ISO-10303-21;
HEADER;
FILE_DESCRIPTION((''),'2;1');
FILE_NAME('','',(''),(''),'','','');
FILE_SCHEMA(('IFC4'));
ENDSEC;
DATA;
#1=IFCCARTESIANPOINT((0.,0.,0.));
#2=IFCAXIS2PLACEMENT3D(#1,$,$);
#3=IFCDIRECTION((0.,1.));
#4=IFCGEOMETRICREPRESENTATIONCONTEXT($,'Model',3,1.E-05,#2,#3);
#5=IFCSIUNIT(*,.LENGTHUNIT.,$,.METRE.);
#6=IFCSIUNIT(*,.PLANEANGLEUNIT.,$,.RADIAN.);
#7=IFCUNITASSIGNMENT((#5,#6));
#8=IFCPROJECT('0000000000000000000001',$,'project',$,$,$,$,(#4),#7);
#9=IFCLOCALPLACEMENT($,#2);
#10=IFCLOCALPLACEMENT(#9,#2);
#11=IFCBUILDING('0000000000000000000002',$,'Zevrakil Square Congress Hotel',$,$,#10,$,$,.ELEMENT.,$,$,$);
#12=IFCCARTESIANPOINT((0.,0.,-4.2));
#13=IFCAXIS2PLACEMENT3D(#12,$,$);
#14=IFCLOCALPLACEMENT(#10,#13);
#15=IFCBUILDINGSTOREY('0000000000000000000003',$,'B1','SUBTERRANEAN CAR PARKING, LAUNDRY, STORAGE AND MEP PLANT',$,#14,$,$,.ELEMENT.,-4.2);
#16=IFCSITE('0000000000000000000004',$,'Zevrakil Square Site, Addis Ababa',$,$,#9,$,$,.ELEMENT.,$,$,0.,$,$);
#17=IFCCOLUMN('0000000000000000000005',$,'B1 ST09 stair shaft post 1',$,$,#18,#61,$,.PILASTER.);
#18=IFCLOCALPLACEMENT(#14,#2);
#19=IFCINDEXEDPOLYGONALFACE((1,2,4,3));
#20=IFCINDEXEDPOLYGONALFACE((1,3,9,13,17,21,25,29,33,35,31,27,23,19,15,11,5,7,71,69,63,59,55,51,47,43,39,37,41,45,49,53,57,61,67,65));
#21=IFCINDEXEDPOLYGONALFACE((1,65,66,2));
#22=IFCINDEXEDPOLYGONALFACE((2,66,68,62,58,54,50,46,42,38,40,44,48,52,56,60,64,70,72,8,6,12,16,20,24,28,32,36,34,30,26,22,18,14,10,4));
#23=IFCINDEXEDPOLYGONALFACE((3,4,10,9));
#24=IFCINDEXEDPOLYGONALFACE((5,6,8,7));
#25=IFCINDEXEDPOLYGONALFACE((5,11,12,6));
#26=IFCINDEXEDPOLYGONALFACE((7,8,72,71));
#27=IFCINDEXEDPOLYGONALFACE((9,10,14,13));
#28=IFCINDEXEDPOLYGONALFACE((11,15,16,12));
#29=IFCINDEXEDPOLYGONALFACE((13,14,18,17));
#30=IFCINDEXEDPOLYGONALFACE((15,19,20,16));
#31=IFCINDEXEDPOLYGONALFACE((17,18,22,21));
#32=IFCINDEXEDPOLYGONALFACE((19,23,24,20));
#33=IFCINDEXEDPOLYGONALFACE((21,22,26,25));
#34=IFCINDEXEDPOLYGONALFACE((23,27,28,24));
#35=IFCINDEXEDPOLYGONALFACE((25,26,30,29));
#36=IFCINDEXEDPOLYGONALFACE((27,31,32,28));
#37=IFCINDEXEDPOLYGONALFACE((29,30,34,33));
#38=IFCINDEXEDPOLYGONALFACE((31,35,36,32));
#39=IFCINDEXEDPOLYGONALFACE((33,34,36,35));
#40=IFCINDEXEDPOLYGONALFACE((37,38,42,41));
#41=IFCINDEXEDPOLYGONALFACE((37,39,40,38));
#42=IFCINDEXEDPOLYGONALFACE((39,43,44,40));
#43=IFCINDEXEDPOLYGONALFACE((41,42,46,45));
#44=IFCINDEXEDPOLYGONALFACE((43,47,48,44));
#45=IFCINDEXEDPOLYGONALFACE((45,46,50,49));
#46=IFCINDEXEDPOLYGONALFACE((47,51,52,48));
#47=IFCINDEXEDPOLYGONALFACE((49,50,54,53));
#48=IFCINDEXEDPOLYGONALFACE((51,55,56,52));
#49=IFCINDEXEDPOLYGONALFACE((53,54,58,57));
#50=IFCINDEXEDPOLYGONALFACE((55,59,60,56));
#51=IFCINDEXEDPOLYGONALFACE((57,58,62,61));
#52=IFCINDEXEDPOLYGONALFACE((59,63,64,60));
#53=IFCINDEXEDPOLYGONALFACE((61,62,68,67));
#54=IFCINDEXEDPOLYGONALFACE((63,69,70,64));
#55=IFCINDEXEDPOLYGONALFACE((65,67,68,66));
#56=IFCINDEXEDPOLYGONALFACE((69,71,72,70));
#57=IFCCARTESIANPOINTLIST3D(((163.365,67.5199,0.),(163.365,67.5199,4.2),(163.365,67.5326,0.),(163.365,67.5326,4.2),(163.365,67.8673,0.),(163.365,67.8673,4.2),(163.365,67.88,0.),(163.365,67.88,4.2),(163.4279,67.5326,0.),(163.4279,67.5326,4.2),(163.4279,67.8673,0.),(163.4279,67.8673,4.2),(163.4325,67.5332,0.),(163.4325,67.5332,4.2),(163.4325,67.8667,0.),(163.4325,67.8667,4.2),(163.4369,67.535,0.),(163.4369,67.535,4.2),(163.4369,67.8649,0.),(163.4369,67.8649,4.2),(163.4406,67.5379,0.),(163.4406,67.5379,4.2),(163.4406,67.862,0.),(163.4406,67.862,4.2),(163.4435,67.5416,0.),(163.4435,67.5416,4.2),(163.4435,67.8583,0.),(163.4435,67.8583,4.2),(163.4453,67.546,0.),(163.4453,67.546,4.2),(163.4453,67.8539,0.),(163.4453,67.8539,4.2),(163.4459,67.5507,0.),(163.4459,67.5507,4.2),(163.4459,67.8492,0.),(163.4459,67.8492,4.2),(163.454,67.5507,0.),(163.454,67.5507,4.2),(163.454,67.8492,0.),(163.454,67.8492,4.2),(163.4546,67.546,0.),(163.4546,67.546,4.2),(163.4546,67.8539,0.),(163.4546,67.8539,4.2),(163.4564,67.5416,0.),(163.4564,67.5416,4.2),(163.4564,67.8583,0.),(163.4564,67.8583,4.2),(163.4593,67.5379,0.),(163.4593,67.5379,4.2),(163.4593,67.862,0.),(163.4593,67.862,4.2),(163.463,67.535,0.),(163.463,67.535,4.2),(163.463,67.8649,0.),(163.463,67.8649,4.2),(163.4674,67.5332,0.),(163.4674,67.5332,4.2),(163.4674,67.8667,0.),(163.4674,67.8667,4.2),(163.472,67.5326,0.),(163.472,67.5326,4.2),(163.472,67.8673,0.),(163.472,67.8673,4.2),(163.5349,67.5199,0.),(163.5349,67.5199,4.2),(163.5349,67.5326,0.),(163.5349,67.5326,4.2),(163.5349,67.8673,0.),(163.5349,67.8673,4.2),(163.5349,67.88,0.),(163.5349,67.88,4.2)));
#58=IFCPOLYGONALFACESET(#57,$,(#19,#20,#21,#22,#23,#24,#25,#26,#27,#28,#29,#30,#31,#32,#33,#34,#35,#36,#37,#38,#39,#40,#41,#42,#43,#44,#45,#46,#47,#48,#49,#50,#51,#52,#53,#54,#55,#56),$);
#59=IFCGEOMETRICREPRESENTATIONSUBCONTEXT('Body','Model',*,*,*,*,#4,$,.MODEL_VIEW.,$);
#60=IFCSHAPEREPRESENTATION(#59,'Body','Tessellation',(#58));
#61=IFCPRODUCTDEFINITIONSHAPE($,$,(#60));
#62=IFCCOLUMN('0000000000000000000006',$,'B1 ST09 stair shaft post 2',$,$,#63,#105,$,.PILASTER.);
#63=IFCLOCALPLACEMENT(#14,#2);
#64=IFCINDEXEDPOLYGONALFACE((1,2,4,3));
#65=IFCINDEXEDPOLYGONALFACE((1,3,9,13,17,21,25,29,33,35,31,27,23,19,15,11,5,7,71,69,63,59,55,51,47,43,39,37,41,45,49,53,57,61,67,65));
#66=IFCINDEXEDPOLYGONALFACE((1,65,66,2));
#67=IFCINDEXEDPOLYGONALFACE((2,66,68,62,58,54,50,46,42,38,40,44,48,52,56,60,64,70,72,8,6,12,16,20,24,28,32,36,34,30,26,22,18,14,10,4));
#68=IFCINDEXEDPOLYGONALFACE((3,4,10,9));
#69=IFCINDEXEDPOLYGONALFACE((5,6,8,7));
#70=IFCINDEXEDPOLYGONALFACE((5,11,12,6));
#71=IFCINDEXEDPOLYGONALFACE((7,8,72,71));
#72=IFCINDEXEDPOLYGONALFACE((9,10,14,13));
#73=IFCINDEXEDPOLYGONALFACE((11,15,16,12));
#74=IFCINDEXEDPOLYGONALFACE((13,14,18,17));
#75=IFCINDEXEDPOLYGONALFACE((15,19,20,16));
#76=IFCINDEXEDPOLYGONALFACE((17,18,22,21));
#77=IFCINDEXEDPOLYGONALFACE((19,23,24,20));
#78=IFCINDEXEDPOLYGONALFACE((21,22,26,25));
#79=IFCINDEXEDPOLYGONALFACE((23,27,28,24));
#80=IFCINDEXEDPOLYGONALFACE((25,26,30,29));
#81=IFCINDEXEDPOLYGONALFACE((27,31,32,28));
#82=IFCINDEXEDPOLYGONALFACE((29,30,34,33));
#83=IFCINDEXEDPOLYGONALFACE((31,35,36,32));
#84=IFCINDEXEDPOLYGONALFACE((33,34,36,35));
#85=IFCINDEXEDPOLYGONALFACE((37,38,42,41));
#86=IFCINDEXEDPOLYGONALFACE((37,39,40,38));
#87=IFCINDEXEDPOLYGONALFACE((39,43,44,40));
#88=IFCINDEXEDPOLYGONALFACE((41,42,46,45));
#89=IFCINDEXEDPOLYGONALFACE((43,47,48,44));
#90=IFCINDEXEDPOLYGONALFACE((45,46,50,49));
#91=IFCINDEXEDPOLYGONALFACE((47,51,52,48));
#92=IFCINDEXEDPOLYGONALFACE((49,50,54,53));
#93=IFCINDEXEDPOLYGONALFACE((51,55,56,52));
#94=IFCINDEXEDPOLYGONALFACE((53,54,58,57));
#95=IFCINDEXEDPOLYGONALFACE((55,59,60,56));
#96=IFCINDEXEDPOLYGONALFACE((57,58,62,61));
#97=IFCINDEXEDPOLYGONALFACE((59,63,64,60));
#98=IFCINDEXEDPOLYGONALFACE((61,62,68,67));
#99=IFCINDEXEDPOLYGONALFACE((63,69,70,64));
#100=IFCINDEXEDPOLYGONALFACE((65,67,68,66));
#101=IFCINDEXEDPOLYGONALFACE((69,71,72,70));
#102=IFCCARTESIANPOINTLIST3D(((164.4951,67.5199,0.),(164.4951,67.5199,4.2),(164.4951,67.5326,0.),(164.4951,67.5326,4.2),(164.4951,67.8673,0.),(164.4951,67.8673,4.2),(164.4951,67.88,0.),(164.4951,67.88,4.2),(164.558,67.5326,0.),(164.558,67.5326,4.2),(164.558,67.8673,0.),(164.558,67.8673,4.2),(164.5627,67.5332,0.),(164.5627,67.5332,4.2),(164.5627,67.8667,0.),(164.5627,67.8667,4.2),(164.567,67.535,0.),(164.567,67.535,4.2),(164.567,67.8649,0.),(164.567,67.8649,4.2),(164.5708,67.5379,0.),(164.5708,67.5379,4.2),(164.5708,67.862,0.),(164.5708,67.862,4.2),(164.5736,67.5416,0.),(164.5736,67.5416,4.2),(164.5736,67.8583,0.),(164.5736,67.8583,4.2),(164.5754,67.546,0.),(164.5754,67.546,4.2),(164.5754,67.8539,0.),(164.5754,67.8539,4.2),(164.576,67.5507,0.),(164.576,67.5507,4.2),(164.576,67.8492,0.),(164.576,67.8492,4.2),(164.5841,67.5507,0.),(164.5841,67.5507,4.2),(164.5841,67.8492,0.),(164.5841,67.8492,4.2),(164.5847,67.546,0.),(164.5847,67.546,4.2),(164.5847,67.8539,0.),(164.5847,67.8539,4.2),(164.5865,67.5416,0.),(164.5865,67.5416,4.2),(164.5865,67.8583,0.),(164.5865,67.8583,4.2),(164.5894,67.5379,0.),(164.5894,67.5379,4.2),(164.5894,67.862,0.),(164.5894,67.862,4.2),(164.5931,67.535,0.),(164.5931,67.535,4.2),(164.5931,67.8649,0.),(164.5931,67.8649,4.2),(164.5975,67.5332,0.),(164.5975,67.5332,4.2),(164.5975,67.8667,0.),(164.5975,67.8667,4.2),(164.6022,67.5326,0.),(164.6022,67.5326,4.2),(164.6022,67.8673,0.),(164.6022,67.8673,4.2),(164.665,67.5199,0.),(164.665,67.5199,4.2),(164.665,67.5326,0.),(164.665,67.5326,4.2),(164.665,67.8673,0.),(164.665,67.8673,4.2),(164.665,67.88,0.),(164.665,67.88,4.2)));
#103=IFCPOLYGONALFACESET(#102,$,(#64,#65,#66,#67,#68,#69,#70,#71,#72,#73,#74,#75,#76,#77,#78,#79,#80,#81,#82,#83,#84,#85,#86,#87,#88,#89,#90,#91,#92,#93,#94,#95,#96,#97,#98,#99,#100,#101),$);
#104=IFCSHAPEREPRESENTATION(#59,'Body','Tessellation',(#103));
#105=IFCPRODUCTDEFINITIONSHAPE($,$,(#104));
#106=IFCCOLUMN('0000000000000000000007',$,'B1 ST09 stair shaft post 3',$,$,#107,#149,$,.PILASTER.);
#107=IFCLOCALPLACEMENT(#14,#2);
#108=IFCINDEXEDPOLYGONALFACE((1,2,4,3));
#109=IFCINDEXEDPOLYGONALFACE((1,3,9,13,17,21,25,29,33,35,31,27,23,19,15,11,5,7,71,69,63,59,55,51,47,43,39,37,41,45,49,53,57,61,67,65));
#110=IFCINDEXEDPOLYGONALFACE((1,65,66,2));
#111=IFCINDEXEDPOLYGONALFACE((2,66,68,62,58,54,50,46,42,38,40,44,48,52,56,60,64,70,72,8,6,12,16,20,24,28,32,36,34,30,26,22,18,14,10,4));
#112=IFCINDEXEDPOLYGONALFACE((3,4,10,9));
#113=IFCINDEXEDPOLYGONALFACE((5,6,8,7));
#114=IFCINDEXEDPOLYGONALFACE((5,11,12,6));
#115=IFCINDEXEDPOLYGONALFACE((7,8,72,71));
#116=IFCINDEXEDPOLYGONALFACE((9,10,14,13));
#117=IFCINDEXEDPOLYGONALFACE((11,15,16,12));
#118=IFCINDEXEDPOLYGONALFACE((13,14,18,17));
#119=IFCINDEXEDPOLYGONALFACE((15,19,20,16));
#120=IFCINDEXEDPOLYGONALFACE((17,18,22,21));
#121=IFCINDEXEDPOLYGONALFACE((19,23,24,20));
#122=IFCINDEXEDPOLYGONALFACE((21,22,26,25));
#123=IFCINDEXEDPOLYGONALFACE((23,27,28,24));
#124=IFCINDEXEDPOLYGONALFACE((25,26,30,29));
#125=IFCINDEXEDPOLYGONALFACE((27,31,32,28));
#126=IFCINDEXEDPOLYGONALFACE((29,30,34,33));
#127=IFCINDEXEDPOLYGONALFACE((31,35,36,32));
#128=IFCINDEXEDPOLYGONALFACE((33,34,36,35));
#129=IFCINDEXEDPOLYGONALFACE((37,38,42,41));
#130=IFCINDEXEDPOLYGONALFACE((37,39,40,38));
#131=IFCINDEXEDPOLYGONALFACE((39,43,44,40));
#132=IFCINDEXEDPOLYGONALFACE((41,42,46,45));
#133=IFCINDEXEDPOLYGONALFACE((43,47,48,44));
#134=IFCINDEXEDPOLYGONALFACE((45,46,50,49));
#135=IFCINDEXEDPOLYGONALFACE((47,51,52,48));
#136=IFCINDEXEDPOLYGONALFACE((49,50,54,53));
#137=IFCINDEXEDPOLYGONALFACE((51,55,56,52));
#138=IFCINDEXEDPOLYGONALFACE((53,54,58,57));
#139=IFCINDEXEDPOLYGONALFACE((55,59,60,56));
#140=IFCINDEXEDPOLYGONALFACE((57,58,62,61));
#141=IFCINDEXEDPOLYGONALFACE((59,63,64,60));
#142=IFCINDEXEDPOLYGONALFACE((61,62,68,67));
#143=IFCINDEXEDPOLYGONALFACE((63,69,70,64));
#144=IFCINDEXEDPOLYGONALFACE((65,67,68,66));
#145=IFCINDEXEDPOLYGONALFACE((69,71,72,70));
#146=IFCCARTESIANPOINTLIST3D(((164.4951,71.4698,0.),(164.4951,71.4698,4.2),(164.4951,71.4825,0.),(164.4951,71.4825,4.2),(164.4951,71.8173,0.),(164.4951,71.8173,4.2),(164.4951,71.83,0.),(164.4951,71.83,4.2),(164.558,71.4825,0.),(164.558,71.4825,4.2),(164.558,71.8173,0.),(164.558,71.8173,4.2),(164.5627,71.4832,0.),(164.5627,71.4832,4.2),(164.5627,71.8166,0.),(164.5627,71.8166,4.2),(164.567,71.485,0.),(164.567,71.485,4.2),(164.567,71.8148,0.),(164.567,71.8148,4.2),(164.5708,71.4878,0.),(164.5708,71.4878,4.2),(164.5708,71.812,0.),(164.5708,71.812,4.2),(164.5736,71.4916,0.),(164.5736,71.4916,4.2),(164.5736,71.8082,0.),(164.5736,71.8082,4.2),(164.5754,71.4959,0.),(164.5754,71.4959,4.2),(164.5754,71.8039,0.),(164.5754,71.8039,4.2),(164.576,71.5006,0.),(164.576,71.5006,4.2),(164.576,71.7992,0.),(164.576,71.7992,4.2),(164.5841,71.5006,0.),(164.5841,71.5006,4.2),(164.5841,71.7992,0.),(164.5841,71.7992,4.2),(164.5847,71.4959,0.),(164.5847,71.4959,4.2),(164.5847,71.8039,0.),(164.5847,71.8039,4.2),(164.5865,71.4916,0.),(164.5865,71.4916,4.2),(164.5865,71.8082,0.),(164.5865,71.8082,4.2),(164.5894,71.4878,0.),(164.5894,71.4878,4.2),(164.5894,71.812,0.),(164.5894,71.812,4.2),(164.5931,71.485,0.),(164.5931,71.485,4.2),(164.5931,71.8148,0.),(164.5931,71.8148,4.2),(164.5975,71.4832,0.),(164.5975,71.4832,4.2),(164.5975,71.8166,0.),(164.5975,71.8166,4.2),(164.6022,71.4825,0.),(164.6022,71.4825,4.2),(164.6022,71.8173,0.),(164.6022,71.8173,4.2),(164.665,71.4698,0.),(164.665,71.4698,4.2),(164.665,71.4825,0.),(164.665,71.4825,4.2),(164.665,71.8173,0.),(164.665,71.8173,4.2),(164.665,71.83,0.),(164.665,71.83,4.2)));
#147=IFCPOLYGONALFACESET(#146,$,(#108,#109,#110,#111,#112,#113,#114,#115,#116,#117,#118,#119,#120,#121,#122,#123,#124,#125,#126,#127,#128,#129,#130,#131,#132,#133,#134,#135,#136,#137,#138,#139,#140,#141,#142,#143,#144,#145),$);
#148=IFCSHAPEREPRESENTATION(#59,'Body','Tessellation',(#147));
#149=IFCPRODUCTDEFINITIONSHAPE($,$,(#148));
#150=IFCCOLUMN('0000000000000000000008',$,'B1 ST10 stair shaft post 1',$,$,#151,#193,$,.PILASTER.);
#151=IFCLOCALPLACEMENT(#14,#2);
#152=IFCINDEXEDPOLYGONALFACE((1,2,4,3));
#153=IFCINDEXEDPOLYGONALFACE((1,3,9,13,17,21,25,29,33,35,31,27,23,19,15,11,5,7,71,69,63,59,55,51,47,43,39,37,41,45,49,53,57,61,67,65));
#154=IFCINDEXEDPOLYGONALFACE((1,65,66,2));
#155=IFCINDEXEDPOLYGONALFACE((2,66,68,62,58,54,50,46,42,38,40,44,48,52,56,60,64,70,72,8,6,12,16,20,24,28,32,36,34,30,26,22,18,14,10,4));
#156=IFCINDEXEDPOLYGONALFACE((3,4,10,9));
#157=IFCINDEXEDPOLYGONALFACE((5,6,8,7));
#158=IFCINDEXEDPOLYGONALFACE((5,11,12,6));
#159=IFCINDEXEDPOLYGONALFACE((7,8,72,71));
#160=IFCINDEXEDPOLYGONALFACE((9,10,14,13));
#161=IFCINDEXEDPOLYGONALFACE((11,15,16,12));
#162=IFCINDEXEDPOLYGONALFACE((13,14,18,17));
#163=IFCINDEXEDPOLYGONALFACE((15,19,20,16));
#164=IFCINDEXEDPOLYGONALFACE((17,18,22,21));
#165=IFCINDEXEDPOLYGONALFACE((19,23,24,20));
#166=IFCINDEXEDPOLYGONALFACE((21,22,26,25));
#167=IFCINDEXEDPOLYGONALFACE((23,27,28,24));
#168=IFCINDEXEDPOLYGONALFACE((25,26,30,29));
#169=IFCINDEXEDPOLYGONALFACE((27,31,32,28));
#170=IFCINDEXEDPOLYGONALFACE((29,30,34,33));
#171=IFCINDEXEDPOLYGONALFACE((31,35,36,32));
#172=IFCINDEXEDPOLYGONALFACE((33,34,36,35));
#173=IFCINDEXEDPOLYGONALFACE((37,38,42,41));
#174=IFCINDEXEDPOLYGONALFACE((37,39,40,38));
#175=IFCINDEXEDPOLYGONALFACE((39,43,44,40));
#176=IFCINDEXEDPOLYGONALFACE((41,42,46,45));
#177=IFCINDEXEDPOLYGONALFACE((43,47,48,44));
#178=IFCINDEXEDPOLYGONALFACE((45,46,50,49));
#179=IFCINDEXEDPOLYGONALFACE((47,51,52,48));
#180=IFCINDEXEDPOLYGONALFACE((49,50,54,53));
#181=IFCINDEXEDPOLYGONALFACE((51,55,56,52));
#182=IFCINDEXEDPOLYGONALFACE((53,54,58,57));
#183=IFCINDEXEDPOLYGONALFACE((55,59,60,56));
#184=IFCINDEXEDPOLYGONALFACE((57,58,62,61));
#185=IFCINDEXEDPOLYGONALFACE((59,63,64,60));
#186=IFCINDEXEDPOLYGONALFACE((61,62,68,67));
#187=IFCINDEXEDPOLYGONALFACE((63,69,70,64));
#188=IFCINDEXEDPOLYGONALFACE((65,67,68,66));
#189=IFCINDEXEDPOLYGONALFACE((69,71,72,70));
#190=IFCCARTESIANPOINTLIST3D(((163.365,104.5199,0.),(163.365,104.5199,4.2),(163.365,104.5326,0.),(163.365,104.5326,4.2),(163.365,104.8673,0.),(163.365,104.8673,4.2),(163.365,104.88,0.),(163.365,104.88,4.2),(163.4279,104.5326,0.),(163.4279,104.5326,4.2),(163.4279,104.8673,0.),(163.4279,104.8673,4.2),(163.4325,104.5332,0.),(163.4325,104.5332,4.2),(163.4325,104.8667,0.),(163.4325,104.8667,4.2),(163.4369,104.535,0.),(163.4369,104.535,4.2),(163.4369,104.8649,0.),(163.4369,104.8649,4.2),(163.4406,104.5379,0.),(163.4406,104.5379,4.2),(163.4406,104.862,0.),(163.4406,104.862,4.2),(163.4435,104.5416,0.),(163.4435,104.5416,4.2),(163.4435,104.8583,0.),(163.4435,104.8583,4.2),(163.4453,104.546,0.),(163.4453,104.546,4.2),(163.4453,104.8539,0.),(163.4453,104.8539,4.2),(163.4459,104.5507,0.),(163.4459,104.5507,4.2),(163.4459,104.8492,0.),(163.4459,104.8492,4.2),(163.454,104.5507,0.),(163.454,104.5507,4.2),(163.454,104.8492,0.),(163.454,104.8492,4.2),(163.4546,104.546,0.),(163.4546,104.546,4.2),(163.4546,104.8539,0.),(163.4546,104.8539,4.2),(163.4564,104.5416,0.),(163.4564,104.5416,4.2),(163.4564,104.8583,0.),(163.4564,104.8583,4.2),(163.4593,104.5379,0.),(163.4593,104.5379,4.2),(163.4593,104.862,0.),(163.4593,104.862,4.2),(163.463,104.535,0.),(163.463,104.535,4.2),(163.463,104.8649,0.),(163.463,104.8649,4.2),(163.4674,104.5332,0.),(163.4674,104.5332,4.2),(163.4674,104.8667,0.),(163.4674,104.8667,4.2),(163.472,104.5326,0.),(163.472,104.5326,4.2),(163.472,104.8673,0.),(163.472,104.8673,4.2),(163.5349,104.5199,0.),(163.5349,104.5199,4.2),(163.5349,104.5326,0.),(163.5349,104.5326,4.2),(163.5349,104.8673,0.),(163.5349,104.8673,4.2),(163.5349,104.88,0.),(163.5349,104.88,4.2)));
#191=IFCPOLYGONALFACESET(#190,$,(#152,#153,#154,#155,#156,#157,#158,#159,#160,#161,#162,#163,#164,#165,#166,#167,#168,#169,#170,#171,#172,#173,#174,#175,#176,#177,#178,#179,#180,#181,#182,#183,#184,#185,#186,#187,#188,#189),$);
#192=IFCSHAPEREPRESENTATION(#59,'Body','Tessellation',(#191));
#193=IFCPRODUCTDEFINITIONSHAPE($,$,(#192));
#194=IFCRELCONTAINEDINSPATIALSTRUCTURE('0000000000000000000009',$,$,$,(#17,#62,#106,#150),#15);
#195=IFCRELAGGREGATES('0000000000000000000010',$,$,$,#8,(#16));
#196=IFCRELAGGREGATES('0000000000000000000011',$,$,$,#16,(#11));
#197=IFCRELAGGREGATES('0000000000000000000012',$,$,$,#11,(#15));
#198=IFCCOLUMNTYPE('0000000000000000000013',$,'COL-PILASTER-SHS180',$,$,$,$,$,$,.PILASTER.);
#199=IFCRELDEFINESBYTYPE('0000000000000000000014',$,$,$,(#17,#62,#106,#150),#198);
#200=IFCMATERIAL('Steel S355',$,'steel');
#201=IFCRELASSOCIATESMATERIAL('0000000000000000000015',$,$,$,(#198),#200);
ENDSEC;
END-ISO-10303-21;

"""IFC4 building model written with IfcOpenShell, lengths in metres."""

from ifc_helpers import new_model, si_unit, direction, frame, origin, origin_2d, place, context, subcontext, project, spatial, i_section, extrude, material, material_profile, profile_set, type_object, element, save


model = new_model("IFC4")

# Units and contexts
model_context = context("Model", 3, precision=1e-05, world=origin(), true_north=direction((0.0, 1.0)))
body_context = subcontext(model_context, "Body", "Model", "MODEL_VIEW")
ifc_project = project(units=[si_unit("LENGTHUNIT", "METRE"), si_unit("PLANEANGLEUNIT", "RADIAN")], contexts=[model_context])

# Site, building, storey
site_placement = place(None, origin())
site = spatial("IfcSite", under=ifc_project, at=site_placement, Name="Zevrakil Square Site, Addis Ababa", CompositionType="ELEMENT", RefElevation=0.0)
building_placement = place(site_placement, origin())
building = spatial("IfcBuilding", under=site, at=building_placement, Name="Zevrakil Square Congress Hotel", CompositionType="ELEMENT")
storey_placement = place(building_placement, frame((0.0, 0.0, -4.2)))
storey = spatial("IfcBuildingStorey", under=building, at=storey_placement, Name="B1", Description="SUBTERRANEAN CAR PARKING, LAUNDRY, STORAGE AND MEP PLANT", CompositionType="ELEMENT", Elevation=-4.2)

# Columns
ifc_material_1 = material(Name="Steel S355", Category="steel")
ifc_material_profile_1 = material_profile(ifc_material_1, i_section(OverallWidth=0.1699, OverallDepth=0.3601, WebThickness=0.0081, FlangeThickness=0.0127, FilletRadius=0.0181, at=origin_2d()), Name="IPE 360")
ifc_profile_set_1 = profile_set([ifc_material_profile_1], Name="Steel S355")
column_type_1 = type_object("IfcColumnType", Name="COL-PILASTER-SHS180", PredefinedType="PILASTER", material=ifc_profile_set_1)
for number, where, z_axis, x_axis, name in (
    (1, (163.45, 67.7, 0.0), (0.0, 0.0, 1.0), (1.0, 0.0, 0.0), "B1 ST09 stair shaft post 1"),
    (2, (164.5801, 67.7, 0.0), (0.0, 0.0, 1.0), (1.0, 0.0, 0.0), "B1 ST09 stair shaft post 2"),
    (3, (164.5801, 71.6499, 0.0), (0.0, 0.0, 1.0), (1.0, 0.0, 0.0), "B1 ST09 stair shaft post 3"),
    (4, (163.45, 104.7, 0.0), (0.0, 0.0, 1.0), (1.0, 0.0, 0.0), "B1 ST10 stair shaft post 1"),
):
    element("IfcColumn", number, at=place(storey_placement, frame(where, z_axis=z_axis, x_axis=x_axis)), inside=storey, type_object=column_type_1, Name=name, PredefinedType="PILASTER", context=body_context, shape_type="SweptSolid", body=[
        extrude(i_section(OverallWidth=0.1699, OverallDepth=0.3601, WebThickness=0.0081, FlangeThickness=0.0127, FilletRadius=0.0181, at=origin_2d()), origin(), (0.0, 0.0, 1.0), 4.2),
    ])

save(model, "model.ifc")
